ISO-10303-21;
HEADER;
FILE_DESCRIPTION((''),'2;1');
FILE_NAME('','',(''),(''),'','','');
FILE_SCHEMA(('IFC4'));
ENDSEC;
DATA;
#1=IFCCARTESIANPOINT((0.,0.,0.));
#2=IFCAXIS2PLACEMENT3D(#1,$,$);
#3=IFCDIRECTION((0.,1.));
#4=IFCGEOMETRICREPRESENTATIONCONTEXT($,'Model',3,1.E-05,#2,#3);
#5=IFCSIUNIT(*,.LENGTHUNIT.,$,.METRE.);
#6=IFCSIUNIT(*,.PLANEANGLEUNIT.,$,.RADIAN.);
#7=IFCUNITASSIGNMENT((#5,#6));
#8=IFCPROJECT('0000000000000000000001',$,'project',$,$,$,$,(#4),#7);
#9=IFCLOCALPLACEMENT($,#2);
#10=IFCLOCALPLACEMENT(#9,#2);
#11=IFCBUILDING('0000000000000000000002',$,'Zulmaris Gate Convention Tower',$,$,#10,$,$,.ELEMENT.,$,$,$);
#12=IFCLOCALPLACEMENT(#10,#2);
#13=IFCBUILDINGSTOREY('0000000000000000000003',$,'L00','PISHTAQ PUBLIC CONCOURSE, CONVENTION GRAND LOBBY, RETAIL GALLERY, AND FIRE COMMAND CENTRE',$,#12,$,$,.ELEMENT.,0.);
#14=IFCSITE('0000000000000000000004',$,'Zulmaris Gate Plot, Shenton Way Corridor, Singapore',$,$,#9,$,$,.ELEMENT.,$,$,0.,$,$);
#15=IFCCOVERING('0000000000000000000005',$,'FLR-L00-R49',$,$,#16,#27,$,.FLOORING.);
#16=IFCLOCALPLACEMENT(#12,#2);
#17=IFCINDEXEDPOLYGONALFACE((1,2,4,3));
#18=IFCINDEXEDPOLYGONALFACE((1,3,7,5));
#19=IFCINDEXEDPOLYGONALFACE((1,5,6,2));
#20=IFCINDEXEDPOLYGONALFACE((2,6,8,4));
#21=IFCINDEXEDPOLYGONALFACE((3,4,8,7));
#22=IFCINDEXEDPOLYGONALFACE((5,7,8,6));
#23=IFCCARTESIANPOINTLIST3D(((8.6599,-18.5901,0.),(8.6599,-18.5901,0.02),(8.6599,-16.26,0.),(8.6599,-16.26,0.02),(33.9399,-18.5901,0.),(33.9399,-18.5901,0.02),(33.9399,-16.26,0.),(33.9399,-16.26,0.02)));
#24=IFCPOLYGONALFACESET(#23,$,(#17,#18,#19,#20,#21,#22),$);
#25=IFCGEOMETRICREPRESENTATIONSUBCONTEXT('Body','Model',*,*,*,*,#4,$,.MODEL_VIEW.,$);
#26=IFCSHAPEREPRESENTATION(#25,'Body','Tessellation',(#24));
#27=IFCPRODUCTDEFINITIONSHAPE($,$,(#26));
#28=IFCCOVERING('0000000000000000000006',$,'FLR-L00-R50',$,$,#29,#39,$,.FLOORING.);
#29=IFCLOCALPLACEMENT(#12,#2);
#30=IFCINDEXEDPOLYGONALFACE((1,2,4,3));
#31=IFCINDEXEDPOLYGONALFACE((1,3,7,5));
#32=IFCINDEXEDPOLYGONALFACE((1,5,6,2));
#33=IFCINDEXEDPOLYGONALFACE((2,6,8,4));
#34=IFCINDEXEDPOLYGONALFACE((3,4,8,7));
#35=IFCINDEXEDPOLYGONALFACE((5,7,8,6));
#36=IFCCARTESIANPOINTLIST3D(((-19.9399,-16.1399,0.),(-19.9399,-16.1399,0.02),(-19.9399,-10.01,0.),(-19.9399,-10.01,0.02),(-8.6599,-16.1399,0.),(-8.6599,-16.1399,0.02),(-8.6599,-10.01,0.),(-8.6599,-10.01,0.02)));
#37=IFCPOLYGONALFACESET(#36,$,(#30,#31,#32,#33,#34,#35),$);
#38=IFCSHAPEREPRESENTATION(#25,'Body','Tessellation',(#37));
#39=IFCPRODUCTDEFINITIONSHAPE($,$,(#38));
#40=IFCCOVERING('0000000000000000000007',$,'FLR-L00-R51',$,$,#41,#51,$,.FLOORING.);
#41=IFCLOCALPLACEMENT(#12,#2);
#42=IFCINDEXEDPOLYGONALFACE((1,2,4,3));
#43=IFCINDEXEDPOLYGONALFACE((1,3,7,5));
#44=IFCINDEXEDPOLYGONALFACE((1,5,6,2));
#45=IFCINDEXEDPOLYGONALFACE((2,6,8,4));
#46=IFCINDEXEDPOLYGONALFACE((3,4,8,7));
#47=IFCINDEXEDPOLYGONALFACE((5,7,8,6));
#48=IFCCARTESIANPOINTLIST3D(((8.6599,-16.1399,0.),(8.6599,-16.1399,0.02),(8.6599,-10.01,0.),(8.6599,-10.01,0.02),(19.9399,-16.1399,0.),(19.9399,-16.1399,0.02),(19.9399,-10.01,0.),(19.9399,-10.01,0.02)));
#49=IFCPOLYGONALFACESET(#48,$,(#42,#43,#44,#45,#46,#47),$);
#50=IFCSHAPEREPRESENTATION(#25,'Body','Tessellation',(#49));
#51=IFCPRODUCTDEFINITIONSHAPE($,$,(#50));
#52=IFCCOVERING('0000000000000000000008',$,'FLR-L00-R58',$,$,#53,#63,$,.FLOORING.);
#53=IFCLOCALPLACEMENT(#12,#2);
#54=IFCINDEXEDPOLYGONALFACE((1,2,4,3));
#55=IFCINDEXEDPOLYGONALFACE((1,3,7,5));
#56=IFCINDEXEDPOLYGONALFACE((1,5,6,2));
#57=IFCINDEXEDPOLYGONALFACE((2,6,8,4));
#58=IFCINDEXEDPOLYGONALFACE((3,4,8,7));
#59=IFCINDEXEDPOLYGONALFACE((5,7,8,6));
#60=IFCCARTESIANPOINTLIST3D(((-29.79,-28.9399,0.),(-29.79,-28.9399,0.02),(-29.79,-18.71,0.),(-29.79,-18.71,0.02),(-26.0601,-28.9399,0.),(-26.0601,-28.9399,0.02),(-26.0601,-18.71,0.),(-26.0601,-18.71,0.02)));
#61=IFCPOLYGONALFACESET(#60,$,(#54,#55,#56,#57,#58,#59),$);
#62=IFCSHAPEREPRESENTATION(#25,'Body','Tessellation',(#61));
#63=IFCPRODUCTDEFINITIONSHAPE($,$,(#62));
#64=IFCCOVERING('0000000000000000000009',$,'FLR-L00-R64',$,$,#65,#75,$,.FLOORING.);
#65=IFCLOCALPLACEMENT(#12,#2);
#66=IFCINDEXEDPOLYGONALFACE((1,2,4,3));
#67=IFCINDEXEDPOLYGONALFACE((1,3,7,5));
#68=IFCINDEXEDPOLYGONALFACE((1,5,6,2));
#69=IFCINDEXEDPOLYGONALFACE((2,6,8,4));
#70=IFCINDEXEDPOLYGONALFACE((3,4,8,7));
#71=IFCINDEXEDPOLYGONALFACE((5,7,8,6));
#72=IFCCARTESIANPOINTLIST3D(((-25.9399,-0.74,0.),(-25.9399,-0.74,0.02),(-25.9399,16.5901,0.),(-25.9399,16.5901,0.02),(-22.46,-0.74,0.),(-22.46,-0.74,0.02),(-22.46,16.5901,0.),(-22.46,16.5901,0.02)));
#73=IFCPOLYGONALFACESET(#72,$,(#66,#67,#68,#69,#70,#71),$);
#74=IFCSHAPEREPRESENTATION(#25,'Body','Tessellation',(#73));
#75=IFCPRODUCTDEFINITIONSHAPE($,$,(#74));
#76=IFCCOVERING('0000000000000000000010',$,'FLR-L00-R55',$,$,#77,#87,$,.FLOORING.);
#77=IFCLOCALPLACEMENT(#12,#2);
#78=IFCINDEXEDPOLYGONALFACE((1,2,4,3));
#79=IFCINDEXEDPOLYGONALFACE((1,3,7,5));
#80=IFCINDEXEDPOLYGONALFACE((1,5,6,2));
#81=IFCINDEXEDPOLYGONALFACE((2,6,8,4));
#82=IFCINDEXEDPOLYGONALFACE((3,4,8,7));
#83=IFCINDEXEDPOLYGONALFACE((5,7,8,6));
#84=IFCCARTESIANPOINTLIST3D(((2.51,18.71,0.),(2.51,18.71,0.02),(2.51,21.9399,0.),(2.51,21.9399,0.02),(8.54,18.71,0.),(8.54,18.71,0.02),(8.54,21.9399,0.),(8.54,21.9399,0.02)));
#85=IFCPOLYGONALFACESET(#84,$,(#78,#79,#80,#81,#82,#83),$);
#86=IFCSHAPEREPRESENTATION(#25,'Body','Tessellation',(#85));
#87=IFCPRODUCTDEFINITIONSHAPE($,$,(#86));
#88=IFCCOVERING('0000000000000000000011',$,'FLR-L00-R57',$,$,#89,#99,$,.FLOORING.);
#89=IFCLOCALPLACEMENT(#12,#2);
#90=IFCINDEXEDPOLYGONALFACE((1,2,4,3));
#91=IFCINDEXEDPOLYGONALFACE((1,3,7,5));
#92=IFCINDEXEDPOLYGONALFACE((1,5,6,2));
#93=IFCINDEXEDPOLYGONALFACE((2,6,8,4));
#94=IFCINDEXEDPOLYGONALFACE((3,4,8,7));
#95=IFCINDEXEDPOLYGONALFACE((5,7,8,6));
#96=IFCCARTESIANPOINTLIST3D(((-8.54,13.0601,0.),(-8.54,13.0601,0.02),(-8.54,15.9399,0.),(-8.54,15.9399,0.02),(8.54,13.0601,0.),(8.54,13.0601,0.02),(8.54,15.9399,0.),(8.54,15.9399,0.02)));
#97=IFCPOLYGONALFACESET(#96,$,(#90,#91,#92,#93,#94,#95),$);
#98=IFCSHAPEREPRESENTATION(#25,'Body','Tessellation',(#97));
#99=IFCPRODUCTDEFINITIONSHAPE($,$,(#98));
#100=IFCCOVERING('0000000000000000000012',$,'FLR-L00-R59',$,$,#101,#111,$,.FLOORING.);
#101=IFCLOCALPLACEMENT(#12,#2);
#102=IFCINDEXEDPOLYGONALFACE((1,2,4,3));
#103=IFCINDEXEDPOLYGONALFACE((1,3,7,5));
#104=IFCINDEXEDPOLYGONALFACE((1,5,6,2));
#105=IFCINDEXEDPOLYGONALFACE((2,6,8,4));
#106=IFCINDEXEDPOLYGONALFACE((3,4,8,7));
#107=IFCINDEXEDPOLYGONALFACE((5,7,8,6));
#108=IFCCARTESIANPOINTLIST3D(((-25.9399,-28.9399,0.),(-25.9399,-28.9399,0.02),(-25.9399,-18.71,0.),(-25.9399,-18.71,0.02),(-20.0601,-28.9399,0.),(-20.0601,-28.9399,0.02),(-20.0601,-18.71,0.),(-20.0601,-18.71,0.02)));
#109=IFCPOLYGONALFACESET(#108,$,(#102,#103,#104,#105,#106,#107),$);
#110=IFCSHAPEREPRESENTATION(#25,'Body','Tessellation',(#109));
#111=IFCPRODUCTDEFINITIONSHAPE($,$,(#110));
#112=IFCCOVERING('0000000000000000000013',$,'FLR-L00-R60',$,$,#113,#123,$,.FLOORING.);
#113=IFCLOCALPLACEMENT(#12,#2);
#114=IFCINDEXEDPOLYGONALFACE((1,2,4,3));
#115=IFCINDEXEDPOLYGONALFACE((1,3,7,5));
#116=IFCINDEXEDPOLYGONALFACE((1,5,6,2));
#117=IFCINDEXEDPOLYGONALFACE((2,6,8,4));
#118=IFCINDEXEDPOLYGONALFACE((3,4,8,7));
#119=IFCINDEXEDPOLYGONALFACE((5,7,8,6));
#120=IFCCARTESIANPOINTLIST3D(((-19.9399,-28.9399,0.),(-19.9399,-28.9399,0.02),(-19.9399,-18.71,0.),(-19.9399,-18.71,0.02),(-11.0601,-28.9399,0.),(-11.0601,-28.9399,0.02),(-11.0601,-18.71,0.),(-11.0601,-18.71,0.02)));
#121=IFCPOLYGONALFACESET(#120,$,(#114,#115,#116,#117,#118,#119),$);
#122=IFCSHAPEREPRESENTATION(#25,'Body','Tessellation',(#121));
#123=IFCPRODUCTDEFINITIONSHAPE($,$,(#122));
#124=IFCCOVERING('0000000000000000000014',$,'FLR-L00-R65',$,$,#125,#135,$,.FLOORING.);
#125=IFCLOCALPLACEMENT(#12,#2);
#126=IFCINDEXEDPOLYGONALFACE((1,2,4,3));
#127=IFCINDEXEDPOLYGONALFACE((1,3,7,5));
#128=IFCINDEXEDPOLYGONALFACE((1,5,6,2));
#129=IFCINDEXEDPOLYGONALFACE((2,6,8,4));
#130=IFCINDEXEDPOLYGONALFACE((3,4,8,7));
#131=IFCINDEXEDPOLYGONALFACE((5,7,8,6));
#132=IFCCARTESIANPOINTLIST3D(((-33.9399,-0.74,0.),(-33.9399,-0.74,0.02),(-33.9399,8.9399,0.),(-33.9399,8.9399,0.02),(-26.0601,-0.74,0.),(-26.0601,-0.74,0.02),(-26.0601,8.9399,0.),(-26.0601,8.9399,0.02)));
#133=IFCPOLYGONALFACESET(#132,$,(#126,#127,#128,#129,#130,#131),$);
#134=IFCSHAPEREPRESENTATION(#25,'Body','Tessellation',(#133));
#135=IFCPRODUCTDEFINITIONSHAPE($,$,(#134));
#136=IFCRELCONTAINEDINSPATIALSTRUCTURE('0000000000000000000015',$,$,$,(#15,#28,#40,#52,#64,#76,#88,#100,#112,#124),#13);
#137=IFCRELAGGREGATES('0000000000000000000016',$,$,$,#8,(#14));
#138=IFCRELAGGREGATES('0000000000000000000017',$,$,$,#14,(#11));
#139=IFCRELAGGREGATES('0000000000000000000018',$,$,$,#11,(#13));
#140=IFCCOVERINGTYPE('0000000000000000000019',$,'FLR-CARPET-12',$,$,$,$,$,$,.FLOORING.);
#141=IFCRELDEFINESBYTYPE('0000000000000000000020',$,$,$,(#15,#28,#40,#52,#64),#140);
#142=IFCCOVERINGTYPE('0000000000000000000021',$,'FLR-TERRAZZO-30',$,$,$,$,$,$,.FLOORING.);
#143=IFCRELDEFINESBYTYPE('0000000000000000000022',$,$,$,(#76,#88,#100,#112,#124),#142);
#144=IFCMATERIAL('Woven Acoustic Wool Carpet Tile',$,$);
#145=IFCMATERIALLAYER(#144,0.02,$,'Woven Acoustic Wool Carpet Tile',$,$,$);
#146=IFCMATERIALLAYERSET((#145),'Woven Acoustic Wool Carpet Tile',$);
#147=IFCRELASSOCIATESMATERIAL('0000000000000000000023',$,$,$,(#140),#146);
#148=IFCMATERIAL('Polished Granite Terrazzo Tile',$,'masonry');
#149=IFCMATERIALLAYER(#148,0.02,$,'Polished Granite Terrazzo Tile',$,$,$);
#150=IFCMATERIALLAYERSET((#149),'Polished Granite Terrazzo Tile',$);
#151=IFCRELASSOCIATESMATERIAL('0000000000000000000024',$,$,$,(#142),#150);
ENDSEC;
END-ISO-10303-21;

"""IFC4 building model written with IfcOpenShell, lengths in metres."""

from ifc_helpers import new_model, si_unit, direction, origin, place, context, subcontext, project, spatial, polyline, outline, extrude, material, layer, layer_set, type_object, element, save


model = new_model("IFC4")

# Units and contexts
model_context = context("Model", 3, precision=1e-05, world=origin(), true_north=direction((0.0, 1.0)))
body_context = subcontext(model_context, "Body", "Model", "MODEL_VIEW")
ifc_project = project(units=[si_unit("LENGTHUNIT", "METRE"), si_unit("PLANEANGLEUNIT", "RADIAN")], contexts=[model_context])

# Site, building, storey
site_placement = place(None, origin())
site = spatial("IfcSite", under=ifc_project, at=site_placement, Name="Zulmaris Gate Plot, Shenton Way Corridor, Singapore", CompositionType="ELEMENT", RefElevation=0.0)
building_placement = place(site_placement, origin())
building = spatial("IfcBuilding", under=site, at=building_placement, Name="Zulmaris Gate Convention Tower", CompositionType="ELEMENT")
storey_placement = place(building_placement, origin())
storey = spatial("IfcBuildingStorey", under=building, at=storey_placement, Name="L00", Description="PISHTAQ PUBLIC CONCOURSE, CONVENTION GRAND LOBBY, RETAIL GALLERY, AND FIRE COMMAND CENTRE", CompositionType="ELEMENT", Elevation=0.0)

# Coverings
ifc_material_1 = material(Name="Woven Acoustic Wool Carpet Tile")
ifc_layer_1 = layer(ifc_material_1, 0.02, Name="Woven Acoustic Wool Carpet Tile")
ifc_layer_set_1 = layer_set([ifc_layer_1], Name="Woven Acoustic Wool Carpet Tile")
covering_type_1 = type_object("IfcCoveringType", Name="FLR-CARPET-12", PredefinedType="FLOORING", material=ifc_layer_set_1)
covering_1_placement = place(storey_placement, origin())
element("IfcCovering", 1, at=covering_1_placement, inside=storey, type_object=covering_type_1, Name="FLR-L00-R49", PredefinedType="FLOORING", context=body_context, shape_type="SweptSolid", body=[
    extrude(outline(polyline([(8.6599, -18.5901), (33.9399, -18.5901), (33.9399, -16.26), (8.6599, -16.26), (8.6599, -18.5901)])), origin(), (0.0, 0.0, 1.0), 0.02),
])
covering_2_placement = place(storey_placement, origin())
element("IfcCovering", 2, at=covering_2_placement, inside=storey, type_object=covering_type_1, Name="FLR-L00-R50", PredefinedType="FLOORING", context=body_context, shape_type="SweptSolid", body=[
    extrude(outline(polyline([(-19.9399, -16.1399), (-8.6599, -16.1399), (-8.6599, -10.01), (-19.9399, -10.01), (-19.9399, -16.1399)])), origin(), (0.0, 0.0, 1.0), 0.02),
])
covering_3_placement = place(storey_placement, origin())
element("IfcCovering", 3, at=covering_3_placement, inside=storey, type_object=covering_type_1, Name="FLR-L00-R51", PredefinedType="FLOORING", context=body_context, shape_type="SweptSolid", body=[
    extrude(outline(polyline([(8.6599, -16.1399), (19.9399, -16.1399), (19.9399, -10.01), (8.6599, -10.01), (8.6599, -16.1399)])), origin(), (0.0, 0.0, 1.0), 0.02),
])
covering_4_placement = place(storey_placement, origin())
element("IfcCovering", 4, at=covering_4_placement, inside=storey, type_object=covering_type_1, Name="FLR-L00-R58", PredefinedType="FLOORING", context=body_context, shape_type="SweptSolid", body=[
    extrude(outline(polyline([(-29.79, -28.9399), (-26.0601, -28.9399), (-26.0601, -18.71), (-29.79, -18.71), (-29.79, -28.9399)])), origin(), (0.0, 0.0, 1.0), 0.02),
])
covering_5_placement = place(storey_placement, origin())
element("IfcCovering", 5, at=covering_5_placement, inside=storey, type_object=covering_type_1, Name="FLR-L00-R64", PredefinedType="FLOORING", context=body_context, shape_type="SweptSolid", body=[
    extrude(outline(polyline([(-25.9399, -0.74), (-22.46, -0.74), (-22.46, 16.5901), (-25.9399, 16.5901), (-25.9399, -0.74)])), origin(), (0.0, 0.0, 1.0), 0.02),
])
ifc_material_2 = material(Name="Polished Granite Terrazzo Tile", Category="masonry")
ifc_layer_2 = layer(ifc_material_2, 0.02, Name="Polished Granite Terrazzo Tile")
ifc_layer_set_2 = layer_set([ifc_layer_2], Name="Polished Granite Terrazzo Tile")
covering_type_2 = type_object("IfcCoveringType", Name="FLR-TERRAZZO-30", PredefinedType="FLOORING", material=ifc_layer_set_2)
covering_6_placement = place(storey_placement, origin())
element("IfcCovering", 6, at=covering_6_placement, inside=storey, type_object=covering_type_2, Name="FLR-L00-R55", PredefinedType="FLOORING", context=body_context, shape_type="SweptSolid", body=[
    extrude(outline(polyline([(2.51, 18.71), (8.54, 18.71), (8.54, 21.9399), (2.51, 21.9399), (2.51, 18.71)])), origin(), (0.0, 0.0, 1.0), 0.02),
])
covering_7_placement = place(storey_placement, origin())
element("IfcCovering", 7, at=covering_7_placement, inside=storey, type_object=covering_type_2, Name="FLR-L00-R57", PredefinedType="FLOORING", context=body_context, shape_type="SweptSolid", body=[
    extrude(outline(polyline([(-8.54, 13.0601), (8.54, 13.0601), (8.54, 15.9399), (-8.54, 15.9399), (-8.54, 13.0601)])), origin(), (0.0, 0.0, 1.0), 0.02),
])
covering_8_placement = place(storey_placement, origin())
element("IfcCovering", 8, at=covering_8_placement, inside=storey, type_object=covering_type_2, Name="FLR-L00-R59", PredefinedType="FLOORING", context=body_context, shape_type="SweptSolid", body=[
    extrude(outline(polyline([(-25.9399, -28.9399), (-20.0601, -28.9399), (-20.0601, -18.71), (-25.9399, -18.71), (-25.9399, -28.9399)])), origin(), (0.0, 0.0, 1.0), 0.02),
])
covering_9_placement = place(storey_placement, origin())
element("IfcCovering", 9, at=covering_9_placement, inside=storey, type_object=covering_type_2, Name="FLR-L00-R60", PredefinedType="FLOORING", context=body_context, shape_type="SweptSolid", body=[
    extrude(outline(polyline([(-19.9399, -28.9399), (-11.0601, -28.9399), (-11.0601, -18.71), (-19.9399, -18.71), (-19.9399, -28.9399)])), origin(), (0.0, 0.0, 1.0), 0.02),
])
covering_10_placement = place(storey_placement, origin())
element("IfcCovering", 10, at=covering_10_placement, inside=storey, type_object=covering_type_2, Name="FLR-L00-R65", PredefinedType="FLOORING", context=body_context, shape_type="SweptSolid", body=[
    extrude(outline(polyline([(-33.9399, -0.74), (-26.0601, -0.74), (-26.0601, 8.9399), (-33.9399, 8.9399), (-33.9399, -0.74)])), origin(), (0.0, 0.0, 1.0), 0.02),
])

save(model, "model.ifc")
